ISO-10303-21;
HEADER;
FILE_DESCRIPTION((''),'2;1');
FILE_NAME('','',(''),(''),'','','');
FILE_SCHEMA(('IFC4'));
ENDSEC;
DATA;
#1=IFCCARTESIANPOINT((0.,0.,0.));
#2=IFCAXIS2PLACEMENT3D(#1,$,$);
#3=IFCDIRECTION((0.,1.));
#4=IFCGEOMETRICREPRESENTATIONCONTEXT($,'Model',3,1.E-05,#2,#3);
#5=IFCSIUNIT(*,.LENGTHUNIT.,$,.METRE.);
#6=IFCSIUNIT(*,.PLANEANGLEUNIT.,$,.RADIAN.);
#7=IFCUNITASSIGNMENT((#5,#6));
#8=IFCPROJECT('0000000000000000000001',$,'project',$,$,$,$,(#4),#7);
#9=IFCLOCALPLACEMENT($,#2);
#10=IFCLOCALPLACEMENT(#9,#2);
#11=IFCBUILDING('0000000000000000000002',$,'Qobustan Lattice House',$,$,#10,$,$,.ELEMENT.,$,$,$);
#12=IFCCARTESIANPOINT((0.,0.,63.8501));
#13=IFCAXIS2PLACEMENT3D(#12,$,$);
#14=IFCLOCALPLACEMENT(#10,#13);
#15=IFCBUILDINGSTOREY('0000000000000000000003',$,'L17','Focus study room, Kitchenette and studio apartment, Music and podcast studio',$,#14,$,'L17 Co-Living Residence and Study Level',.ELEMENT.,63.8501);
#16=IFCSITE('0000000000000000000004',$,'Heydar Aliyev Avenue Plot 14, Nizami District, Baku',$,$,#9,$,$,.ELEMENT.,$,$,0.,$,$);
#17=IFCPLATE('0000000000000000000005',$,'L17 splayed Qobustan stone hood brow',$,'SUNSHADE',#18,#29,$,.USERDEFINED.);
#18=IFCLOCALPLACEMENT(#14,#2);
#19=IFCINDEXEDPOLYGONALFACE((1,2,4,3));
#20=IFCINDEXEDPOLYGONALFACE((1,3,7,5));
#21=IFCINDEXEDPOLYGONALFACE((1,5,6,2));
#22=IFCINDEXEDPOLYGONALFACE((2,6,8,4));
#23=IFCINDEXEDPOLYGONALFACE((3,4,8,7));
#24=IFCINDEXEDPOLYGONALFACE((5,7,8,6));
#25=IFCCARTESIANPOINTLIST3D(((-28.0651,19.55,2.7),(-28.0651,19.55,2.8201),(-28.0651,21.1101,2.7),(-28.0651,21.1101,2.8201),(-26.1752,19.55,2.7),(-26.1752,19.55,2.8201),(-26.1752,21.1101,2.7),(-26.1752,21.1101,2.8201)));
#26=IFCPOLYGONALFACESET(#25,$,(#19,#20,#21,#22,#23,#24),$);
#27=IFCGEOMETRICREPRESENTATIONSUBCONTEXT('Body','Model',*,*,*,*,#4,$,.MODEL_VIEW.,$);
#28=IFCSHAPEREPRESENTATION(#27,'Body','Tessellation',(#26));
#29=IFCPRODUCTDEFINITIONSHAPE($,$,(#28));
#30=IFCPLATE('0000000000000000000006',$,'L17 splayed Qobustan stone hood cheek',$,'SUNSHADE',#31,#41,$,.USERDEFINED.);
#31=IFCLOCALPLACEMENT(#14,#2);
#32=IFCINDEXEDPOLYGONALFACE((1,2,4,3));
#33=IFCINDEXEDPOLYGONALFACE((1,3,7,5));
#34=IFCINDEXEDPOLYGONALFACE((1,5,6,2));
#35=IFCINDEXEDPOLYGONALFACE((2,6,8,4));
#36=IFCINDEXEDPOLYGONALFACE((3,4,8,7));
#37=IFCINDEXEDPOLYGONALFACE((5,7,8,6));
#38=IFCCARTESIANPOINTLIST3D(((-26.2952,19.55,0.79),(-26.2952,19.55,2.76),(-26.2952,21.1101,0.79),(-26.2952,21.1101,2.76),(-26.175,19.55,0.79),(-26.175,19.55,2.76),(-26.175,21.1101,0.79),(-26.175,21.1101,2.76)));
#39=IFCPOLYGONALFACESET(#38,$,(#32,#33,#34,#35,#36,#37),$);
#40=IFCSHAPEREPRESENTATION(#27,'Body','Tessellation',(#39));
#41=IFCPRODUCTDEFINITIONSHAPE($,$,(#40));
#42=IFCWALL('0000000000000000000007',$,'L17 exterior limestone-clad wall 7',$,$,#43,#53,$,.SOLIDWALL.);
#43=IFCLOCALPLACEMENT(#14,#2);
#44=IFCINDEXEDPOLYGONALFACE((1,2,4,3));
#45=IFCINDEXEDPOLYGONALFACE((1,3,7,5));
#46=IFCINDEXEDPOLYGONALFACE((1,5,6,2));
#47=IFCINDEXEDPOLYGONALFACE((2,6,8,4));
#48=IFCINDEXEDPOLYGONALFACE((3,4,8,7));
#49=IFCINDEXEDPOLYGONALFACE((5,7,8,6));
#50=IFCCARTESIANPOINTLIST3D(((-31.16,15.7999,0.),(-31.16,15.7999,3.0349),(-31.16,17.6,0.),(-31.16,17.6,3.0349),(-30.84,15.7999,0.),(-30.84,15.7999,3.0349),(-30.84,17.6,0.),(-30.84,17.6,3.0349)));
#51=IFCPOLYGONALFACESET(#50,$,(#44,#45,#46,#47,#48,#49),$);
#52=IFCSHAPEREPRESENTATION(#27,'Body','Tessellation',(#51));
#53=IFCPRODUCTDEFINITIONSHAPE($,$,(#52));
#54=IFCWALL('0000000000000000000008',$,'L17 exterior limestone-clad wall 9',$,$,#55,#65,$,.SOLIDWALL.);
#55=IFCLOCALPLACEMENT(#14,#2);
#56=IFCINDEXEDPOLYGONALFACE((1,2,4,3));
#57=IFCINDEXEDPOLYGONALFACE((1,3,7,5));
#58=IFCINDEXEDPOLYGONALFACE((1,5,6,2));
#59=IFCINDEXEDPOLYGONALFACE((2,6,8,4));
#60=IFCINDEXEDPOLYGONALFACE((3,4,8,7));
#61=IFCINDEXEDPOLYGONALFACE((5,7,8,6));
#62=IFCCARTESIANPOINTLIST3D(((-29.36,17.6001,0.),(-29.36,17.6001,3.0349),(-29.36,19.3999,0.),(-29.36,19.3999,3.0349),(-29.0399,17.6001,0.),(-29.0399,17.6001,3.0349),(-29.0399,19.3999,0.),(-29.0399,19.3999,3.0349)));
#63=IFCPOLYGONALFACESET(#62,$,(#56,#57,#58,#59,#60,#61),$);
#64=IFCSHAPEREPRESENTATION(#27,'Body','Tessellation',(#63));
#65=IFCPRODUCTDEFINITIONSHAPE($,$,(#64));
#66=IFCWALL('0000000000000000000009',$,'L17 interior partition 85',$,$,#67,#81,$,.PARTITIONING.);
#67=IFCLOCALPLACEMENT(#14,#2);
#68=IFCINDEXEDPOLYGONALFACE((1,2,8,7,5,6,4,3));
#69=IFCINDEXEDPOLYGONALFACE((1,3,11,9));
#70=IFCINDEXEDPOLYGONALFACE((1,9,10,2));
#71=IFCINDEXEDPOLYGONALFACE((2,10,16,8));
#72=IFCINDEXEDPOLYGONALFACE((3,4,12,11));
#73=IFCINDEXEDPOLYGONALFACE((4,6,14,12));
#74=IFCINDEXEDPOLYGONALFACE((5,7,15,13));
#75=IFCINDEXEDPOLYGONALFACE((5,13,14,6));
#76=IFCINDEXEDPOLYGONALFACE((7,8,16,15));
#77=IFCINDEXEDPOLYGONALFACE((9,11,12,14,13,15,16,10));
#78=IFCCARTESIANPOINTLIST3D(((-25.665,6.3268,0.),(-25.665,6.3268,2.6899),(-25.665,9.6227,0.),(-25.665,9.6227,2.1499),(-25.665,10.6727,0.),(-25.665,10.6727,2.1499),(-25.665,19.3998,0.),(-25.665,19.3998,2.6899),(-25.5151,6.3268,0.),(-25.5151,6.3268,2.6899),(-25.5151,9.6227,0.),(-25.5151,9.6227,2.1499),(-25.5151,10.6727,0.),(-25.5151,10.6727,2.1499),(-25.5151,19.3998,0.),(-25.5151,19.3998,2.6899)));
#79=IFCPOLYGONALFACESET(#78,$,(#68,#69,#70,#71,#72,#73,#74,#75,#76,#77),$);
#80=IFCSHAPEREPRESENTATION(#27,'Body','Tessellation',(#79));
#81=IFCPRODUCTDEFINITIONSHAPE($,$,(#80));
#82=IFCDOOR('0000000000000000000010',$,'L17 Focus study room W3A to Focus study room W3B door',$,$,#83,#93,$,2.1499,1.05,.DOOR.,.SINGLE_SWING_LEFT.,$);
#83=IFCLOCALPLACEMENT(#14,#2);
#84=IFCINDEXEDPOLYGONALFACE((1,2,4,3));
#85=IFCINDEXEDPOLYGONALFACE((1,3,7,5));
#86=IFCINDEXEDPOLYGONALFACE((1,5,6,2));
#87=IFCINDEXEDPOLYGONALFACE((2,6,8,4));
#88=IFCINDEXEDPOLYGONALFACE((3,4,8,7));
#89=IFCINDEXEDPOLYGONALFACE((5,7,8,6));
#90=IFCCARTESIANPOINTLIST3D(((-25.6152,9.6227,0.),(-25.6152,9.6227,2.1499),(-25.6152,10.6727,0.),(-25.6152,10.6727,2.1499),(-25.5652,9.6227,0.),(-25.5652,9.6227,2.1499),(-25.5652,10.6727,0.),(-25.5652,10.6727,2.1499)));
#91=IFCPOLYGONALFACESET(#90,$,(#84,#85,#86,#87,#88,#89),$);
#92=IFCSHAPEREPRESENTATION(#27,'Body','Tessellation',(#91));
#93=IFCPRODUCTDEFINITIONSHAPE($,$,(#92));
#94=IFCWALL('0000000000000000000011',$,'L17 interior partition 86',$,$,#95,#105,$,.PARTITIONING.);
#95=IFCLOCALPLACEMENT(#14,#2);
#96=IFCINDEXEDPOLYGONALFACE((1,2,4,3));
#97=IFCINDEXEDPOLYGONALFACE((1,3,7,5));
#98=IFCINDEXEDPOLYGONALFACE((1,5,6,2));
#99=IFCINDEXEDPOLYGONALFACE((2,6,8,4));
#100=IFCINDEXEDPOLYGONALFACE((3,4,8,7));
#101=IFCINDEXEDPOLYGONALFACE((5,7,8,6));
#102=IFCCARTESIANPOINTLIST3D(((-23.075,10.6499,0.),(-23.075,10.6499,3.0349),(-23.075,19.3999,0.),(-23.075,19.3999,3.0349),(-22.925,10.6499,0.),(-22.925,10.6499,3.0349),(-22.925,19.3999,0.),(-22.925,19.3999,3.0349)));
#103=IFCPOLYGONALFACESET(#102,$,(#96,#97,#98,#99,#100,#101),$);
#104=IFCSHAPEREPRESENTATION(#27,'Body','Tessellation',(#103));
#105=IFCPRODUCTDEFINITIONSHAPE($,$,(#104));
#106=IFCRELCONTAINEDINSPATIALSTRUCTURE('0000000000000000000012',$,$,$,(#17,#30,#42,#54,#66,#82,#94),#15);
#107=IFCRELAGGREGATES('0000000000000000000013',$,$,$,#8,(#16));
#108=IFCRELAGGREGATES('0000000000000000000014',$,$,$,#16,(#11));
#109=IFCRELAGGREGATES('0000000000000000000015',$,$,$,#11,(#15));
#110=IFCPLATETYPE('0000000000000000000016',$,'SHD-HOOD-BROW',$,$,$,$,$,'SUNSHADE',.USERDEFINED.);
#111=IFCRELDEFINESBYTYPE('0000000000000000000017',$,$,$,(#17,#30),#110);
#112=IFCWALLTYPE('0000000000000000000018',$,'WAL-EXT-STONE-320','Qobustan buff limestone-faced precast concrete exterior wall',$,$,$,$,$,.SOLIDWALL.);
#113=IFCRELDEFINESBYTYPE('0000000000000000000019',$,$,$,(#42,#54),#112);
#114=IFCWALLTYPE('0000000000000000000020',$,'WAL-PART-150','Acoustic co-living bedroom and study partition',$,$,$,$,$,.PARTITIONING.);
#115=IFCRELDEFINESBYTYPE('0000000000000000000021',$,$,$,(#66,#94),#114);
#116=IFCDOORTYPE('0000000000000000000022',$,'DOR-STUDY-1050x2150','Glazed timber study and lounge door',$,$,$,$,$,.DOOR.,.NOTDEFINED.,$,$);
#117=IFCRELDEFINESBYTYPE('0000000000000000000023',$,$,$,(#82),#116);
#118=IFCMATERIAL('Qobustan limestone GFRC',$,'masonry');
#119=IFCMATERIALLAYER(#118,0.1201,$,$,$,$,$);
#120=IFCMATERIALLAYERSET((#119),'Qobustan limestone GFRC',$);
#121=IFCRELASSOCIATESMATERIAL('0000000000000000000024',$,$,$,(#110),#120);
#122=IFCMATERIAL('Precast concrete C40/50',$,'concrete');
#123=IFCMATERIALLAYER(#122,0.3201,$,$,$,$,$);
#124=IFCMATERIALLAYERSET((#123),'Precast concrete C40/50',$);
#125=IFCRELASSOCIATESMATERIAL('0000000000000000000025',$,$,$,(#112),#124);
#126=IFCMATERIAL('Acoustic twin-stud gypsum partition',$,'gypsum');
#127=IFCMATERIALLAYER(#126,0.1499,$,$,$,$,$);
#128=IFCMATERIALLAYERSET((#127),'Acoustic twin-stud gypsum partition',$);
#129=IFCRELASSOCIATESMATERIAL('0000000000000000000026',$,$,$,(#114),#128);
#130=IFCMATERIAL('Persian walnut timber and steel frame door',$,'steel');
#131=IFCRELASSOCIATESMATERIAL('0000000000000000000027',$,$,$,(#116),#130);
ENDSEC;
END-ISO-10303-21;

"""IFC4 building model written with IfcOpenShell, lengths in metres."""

from ifc_helpers import new_model, si_unit, direction, frame, frame_2d, origin, origin_2d, place, context, subcontext, project, spatial, rectangle, extrude, material, layer, layer_set, type_object, element, fill, save


model = new_model("IFC4")

# Units and contexts
model_context = context("Model", 3, precision=1e-05, world=origin(), true_north=direction((0.0, 1.0)))
body_context = subcontext(model_context, "Body", "Model", "MODEL_VIEW")
ifc_project = project(units=[si_unit("LENGTHUNIT", "METRE"), si_unit("PLANEANGLEUNIT", "RADIAN")], contexts=[model_context])

# Site, building, storey
site_placement = place(None, origin())
site = spatial("IfcSite", under=ifc_project, at=site_placement, Name="Heydar Aliyev Avenue Plot 14, Nizami District, Baku", CompositionType="ELEMENT", RefElevation=0.0)
building_placement = place(site_placement, origin())
building = spatial("IfcBuilding", under=site, at=building_placement, Name="Qobustan Lattice House", CompositionType="ELEMENT")
storey_placement = place(building_placement, frame((0.0, 0.0, 63.8501)))
storey = spatial("IfcBuildingStorey", under=building, at=storey_placement, Name="L17", Description="Focus study room, Kitchenette and studio apartment, Music and podcast studio", LongName="L17 Co-Living Residence and Study Level", CompositionType="ELEMENT", Elevation=63.8501)

# Plates
ifc_material_1 = material(Name="Qobustan limestone GFRC", Category="masonry")
ifc_layer_1 = layer(ifc_material_1, 0.1201)
ifc_layer_set_1 = layer_set([ifc_layer_1], Name="Qobustan limestone GFRC")
plate_type_1 = type_object("IfcPlateType", Name="SHD-HOOD-BROW", ElementType="SUNSHADE", PredefinedType="USERDEFINED", material=ifc_layer_set_1)
plate_1_placement = place(storey_placement, frame((-27.1201, 20.3301, 2.7), z_axis=(0.0, 0.0, 1.0), x_axis=(1.0, 0.0, 0.0)))
element("IfcPlate", 1, at=plate_1_placement, inside=storey, type_object=plate_type_1, Name="L17 splayed Qobustan stone hood brow", ObjectType="SUNSHADE", PredefinedType="USERDEFINED", context=body_context, shape_type="SweptSolid", body=[
    extrude(rectangle(XDim=1.8899, YDim=1.5601, at=origin_2d()), origin(), (0.0, 0.0, 1.0), 0.1201),
])
plate_2_placement = place(storey_placement, frame((-26.2351, 20.3301, 0.79), z_axis=(0.0, 0.0, 1.0), x_axis=(1.0, 0.0, 0.0)))
element("IfcPlate", 2, at=plate_2_placement, inside=storey, type_object=plate_type_1, Name="L17 splayed Qobustan stone hood cheek", ObjectType="SUNSHADE", PredefinedType="USERDEFINED", context=body_context, shape_type="SweptSolid", body=[
    extrude(rectangle(XDim=0.1201, YDim=1.5601, at=origin_2d()), origin(), (0.0, 0.0, 1.0), 1.97),
])

# Walls
ifc_material_2 = material(Name="Precast concrete C40/50", Category="concrete")
ifc_layer_2 = layer(ifc_material_2, 0.3201)
ifc_layer_set_2 = layer_set([ifc_layer_2], Name="Precast concrete C40/50")
wall_type_1 = type_object("IfcWallType", Name="WAL-EXT-STONE-320", Description="Qobustan buff limestone-faced precast concrete exterior wall", PredefinedType="SOLIDWALL", material=ifc_layer_set_2)
wall_1_placement = place(storey_placement, frame((-31.0, 15.8, 0.0), z_axis=(0.0, 0.0, 1.0), x_axis=(0.0, 1.0, 0.0)))
element("IfcWall", 3, at=wall_1_placement, inside=storey, type_object=wall_type_1, Name="L17 exterior limestone-clad wall 7", PredefinedType="SOLIDWALL", context=body_context, shape_type="SweptSolid", body=[
    extrude(rectangle(XDim=1.8, YDim=0.3201, at=frame_2d((0.8999, 0.0))), origin(), (0.0, 0.0, 1.0), 3.0349),
])
wall_2_placement = place(storey_placement, frame((-29.2, 17.6001, 0.0), z_axis=(0.0, 0.0, 1.0), x_axis=(0.0, 1.0, 0.0)))
element("IfcWall", 4, at=wall_2_placement, inside=storey, type_object=wall_type_1, Name="L17 exterior limestone-clad wall 9", PredefinedType="SOLIDWALL", context=body_context, shape_type="SweptSolid", body=[
    extrude(rectangle(XDim=1.7998, YDim=0.3201, at=frame_2d((0.8999, 0.0))), origin(), (0.0, 0.0, 1.0), 3.0349),
])

# Wall, opening, door
ifc_material_3 = material(Name="Acoustic twin-stud gypsum partition", Category="gypsum")
ifc_layer_3 = layer(ifc_material_3, 0.1499)
ifc_layer_set_3 = layer_set([ifc_layer_3], Name="Acoustic twin-stud gypsum partition")
wall_type_2 = type_object("IfcWallType", Name="WAL-PART-150", Description="Acoustic co-living bedroom and study partition", PredefinedType="PARTITIONING", material=ifc_layer_set_3)
wall_3_placement = place(storey_placement, frame((-25.5901, 19.3999, 0.0), z_axis=(0.0, 0.0, 1.0), x_axis=(0.0, -1.0, 0.0)))
wall_3 = element("IfcWall", 5, at=wall_3_placement, inside=storey, type_object=wall_type_2, Name="L17 interior partition 85", PredefinedType="PARTITIONING", context=body_context, shape_type="SweptSolid", body=[
    extrude(rectangle(XDim=13.073, YDim=0.1499, at=frame_2d((6.5366, 0.0))), origin(), (0.0, 0.0, 1.0), 2.6899),
])
opening_1_placement = place(wall_3_placement, frame((8.7273, 0.0, 0.0)))
opening_1 = element("IfcOpeningElement", 6, at=opening_1_placement, cuts=wall_3, PredefinedType="OPENING", context=body_context, shape_type="SweptSolid", body=[
    extrude(rectangle(XDim=1.05, YDim=2.1499, at=frame_2d((0.5249, 1.075))), frame((0.0, 0.085, 0.0), z_axis=(0.0, -1.0, 0.0), x_axis=(1.0, 0.0, 0.0)), (0.0, 0.0, 1.0), 0.1699),
])
ifc_material_4 = material(Name="Persian walnut timber and steel frame door", Category="steel")
door_type = type_object("IfcDoorType", Name="DOR-STUDY-1050x2150", Description="Glazed timber study and lounge door", OperationType="NOTDEFINED", PredefinedType="DOOR", material=ifc_material_4)
door_placement = place(opening_1_placement, origin())
door = element("IfcDoor", 7, at=door_placement, inside=storey, type_object=door_type, Name="L17 Focus study room W3A to Focus study room W3B door", OperationType="SINGLE_SWING_LEFT", OverallHeight=2.1499, OverallWidth=1.05, PredefinedType="DOOR", context=body_context, shape_type="SweptSolid", body=[
    extrude(rectangle(XDim=1.05, YDim=2.1499, at=frame_2d((0.5249, 1.075))), frame((0.0, 0.0249, 0.0), z_axis=(0.0, -1.0, 0.0), x_axis=(1.0, 0.0, 0.0)), (0.0, 0.0, 1.0), 0.05),
])
fill(opening_1, door)

# Wall
wall_4_placement = place(storey_placement, frame((-23.0, 19.3999, 0.0), z_axis=(0.0, 0.0, 1.0), x_axis=(0.0, -1.0, 0.0)))
element("IfcWall", 8, at=wall_4_placement, inside=storey, type_object=wall_type_2, Name="L17 interior partition 86", PredefinedType="PARTITIONING", context=body_context, shape_type="SweptSolid", body=[
    extrude(rectangle(XDim=8.75, YDim=0.1499, at=frame_2d((4.375, 0.0))), origin(), (0.0, 0.0, 1.0), 3.0349),
])

save(model, "model.ifc")
